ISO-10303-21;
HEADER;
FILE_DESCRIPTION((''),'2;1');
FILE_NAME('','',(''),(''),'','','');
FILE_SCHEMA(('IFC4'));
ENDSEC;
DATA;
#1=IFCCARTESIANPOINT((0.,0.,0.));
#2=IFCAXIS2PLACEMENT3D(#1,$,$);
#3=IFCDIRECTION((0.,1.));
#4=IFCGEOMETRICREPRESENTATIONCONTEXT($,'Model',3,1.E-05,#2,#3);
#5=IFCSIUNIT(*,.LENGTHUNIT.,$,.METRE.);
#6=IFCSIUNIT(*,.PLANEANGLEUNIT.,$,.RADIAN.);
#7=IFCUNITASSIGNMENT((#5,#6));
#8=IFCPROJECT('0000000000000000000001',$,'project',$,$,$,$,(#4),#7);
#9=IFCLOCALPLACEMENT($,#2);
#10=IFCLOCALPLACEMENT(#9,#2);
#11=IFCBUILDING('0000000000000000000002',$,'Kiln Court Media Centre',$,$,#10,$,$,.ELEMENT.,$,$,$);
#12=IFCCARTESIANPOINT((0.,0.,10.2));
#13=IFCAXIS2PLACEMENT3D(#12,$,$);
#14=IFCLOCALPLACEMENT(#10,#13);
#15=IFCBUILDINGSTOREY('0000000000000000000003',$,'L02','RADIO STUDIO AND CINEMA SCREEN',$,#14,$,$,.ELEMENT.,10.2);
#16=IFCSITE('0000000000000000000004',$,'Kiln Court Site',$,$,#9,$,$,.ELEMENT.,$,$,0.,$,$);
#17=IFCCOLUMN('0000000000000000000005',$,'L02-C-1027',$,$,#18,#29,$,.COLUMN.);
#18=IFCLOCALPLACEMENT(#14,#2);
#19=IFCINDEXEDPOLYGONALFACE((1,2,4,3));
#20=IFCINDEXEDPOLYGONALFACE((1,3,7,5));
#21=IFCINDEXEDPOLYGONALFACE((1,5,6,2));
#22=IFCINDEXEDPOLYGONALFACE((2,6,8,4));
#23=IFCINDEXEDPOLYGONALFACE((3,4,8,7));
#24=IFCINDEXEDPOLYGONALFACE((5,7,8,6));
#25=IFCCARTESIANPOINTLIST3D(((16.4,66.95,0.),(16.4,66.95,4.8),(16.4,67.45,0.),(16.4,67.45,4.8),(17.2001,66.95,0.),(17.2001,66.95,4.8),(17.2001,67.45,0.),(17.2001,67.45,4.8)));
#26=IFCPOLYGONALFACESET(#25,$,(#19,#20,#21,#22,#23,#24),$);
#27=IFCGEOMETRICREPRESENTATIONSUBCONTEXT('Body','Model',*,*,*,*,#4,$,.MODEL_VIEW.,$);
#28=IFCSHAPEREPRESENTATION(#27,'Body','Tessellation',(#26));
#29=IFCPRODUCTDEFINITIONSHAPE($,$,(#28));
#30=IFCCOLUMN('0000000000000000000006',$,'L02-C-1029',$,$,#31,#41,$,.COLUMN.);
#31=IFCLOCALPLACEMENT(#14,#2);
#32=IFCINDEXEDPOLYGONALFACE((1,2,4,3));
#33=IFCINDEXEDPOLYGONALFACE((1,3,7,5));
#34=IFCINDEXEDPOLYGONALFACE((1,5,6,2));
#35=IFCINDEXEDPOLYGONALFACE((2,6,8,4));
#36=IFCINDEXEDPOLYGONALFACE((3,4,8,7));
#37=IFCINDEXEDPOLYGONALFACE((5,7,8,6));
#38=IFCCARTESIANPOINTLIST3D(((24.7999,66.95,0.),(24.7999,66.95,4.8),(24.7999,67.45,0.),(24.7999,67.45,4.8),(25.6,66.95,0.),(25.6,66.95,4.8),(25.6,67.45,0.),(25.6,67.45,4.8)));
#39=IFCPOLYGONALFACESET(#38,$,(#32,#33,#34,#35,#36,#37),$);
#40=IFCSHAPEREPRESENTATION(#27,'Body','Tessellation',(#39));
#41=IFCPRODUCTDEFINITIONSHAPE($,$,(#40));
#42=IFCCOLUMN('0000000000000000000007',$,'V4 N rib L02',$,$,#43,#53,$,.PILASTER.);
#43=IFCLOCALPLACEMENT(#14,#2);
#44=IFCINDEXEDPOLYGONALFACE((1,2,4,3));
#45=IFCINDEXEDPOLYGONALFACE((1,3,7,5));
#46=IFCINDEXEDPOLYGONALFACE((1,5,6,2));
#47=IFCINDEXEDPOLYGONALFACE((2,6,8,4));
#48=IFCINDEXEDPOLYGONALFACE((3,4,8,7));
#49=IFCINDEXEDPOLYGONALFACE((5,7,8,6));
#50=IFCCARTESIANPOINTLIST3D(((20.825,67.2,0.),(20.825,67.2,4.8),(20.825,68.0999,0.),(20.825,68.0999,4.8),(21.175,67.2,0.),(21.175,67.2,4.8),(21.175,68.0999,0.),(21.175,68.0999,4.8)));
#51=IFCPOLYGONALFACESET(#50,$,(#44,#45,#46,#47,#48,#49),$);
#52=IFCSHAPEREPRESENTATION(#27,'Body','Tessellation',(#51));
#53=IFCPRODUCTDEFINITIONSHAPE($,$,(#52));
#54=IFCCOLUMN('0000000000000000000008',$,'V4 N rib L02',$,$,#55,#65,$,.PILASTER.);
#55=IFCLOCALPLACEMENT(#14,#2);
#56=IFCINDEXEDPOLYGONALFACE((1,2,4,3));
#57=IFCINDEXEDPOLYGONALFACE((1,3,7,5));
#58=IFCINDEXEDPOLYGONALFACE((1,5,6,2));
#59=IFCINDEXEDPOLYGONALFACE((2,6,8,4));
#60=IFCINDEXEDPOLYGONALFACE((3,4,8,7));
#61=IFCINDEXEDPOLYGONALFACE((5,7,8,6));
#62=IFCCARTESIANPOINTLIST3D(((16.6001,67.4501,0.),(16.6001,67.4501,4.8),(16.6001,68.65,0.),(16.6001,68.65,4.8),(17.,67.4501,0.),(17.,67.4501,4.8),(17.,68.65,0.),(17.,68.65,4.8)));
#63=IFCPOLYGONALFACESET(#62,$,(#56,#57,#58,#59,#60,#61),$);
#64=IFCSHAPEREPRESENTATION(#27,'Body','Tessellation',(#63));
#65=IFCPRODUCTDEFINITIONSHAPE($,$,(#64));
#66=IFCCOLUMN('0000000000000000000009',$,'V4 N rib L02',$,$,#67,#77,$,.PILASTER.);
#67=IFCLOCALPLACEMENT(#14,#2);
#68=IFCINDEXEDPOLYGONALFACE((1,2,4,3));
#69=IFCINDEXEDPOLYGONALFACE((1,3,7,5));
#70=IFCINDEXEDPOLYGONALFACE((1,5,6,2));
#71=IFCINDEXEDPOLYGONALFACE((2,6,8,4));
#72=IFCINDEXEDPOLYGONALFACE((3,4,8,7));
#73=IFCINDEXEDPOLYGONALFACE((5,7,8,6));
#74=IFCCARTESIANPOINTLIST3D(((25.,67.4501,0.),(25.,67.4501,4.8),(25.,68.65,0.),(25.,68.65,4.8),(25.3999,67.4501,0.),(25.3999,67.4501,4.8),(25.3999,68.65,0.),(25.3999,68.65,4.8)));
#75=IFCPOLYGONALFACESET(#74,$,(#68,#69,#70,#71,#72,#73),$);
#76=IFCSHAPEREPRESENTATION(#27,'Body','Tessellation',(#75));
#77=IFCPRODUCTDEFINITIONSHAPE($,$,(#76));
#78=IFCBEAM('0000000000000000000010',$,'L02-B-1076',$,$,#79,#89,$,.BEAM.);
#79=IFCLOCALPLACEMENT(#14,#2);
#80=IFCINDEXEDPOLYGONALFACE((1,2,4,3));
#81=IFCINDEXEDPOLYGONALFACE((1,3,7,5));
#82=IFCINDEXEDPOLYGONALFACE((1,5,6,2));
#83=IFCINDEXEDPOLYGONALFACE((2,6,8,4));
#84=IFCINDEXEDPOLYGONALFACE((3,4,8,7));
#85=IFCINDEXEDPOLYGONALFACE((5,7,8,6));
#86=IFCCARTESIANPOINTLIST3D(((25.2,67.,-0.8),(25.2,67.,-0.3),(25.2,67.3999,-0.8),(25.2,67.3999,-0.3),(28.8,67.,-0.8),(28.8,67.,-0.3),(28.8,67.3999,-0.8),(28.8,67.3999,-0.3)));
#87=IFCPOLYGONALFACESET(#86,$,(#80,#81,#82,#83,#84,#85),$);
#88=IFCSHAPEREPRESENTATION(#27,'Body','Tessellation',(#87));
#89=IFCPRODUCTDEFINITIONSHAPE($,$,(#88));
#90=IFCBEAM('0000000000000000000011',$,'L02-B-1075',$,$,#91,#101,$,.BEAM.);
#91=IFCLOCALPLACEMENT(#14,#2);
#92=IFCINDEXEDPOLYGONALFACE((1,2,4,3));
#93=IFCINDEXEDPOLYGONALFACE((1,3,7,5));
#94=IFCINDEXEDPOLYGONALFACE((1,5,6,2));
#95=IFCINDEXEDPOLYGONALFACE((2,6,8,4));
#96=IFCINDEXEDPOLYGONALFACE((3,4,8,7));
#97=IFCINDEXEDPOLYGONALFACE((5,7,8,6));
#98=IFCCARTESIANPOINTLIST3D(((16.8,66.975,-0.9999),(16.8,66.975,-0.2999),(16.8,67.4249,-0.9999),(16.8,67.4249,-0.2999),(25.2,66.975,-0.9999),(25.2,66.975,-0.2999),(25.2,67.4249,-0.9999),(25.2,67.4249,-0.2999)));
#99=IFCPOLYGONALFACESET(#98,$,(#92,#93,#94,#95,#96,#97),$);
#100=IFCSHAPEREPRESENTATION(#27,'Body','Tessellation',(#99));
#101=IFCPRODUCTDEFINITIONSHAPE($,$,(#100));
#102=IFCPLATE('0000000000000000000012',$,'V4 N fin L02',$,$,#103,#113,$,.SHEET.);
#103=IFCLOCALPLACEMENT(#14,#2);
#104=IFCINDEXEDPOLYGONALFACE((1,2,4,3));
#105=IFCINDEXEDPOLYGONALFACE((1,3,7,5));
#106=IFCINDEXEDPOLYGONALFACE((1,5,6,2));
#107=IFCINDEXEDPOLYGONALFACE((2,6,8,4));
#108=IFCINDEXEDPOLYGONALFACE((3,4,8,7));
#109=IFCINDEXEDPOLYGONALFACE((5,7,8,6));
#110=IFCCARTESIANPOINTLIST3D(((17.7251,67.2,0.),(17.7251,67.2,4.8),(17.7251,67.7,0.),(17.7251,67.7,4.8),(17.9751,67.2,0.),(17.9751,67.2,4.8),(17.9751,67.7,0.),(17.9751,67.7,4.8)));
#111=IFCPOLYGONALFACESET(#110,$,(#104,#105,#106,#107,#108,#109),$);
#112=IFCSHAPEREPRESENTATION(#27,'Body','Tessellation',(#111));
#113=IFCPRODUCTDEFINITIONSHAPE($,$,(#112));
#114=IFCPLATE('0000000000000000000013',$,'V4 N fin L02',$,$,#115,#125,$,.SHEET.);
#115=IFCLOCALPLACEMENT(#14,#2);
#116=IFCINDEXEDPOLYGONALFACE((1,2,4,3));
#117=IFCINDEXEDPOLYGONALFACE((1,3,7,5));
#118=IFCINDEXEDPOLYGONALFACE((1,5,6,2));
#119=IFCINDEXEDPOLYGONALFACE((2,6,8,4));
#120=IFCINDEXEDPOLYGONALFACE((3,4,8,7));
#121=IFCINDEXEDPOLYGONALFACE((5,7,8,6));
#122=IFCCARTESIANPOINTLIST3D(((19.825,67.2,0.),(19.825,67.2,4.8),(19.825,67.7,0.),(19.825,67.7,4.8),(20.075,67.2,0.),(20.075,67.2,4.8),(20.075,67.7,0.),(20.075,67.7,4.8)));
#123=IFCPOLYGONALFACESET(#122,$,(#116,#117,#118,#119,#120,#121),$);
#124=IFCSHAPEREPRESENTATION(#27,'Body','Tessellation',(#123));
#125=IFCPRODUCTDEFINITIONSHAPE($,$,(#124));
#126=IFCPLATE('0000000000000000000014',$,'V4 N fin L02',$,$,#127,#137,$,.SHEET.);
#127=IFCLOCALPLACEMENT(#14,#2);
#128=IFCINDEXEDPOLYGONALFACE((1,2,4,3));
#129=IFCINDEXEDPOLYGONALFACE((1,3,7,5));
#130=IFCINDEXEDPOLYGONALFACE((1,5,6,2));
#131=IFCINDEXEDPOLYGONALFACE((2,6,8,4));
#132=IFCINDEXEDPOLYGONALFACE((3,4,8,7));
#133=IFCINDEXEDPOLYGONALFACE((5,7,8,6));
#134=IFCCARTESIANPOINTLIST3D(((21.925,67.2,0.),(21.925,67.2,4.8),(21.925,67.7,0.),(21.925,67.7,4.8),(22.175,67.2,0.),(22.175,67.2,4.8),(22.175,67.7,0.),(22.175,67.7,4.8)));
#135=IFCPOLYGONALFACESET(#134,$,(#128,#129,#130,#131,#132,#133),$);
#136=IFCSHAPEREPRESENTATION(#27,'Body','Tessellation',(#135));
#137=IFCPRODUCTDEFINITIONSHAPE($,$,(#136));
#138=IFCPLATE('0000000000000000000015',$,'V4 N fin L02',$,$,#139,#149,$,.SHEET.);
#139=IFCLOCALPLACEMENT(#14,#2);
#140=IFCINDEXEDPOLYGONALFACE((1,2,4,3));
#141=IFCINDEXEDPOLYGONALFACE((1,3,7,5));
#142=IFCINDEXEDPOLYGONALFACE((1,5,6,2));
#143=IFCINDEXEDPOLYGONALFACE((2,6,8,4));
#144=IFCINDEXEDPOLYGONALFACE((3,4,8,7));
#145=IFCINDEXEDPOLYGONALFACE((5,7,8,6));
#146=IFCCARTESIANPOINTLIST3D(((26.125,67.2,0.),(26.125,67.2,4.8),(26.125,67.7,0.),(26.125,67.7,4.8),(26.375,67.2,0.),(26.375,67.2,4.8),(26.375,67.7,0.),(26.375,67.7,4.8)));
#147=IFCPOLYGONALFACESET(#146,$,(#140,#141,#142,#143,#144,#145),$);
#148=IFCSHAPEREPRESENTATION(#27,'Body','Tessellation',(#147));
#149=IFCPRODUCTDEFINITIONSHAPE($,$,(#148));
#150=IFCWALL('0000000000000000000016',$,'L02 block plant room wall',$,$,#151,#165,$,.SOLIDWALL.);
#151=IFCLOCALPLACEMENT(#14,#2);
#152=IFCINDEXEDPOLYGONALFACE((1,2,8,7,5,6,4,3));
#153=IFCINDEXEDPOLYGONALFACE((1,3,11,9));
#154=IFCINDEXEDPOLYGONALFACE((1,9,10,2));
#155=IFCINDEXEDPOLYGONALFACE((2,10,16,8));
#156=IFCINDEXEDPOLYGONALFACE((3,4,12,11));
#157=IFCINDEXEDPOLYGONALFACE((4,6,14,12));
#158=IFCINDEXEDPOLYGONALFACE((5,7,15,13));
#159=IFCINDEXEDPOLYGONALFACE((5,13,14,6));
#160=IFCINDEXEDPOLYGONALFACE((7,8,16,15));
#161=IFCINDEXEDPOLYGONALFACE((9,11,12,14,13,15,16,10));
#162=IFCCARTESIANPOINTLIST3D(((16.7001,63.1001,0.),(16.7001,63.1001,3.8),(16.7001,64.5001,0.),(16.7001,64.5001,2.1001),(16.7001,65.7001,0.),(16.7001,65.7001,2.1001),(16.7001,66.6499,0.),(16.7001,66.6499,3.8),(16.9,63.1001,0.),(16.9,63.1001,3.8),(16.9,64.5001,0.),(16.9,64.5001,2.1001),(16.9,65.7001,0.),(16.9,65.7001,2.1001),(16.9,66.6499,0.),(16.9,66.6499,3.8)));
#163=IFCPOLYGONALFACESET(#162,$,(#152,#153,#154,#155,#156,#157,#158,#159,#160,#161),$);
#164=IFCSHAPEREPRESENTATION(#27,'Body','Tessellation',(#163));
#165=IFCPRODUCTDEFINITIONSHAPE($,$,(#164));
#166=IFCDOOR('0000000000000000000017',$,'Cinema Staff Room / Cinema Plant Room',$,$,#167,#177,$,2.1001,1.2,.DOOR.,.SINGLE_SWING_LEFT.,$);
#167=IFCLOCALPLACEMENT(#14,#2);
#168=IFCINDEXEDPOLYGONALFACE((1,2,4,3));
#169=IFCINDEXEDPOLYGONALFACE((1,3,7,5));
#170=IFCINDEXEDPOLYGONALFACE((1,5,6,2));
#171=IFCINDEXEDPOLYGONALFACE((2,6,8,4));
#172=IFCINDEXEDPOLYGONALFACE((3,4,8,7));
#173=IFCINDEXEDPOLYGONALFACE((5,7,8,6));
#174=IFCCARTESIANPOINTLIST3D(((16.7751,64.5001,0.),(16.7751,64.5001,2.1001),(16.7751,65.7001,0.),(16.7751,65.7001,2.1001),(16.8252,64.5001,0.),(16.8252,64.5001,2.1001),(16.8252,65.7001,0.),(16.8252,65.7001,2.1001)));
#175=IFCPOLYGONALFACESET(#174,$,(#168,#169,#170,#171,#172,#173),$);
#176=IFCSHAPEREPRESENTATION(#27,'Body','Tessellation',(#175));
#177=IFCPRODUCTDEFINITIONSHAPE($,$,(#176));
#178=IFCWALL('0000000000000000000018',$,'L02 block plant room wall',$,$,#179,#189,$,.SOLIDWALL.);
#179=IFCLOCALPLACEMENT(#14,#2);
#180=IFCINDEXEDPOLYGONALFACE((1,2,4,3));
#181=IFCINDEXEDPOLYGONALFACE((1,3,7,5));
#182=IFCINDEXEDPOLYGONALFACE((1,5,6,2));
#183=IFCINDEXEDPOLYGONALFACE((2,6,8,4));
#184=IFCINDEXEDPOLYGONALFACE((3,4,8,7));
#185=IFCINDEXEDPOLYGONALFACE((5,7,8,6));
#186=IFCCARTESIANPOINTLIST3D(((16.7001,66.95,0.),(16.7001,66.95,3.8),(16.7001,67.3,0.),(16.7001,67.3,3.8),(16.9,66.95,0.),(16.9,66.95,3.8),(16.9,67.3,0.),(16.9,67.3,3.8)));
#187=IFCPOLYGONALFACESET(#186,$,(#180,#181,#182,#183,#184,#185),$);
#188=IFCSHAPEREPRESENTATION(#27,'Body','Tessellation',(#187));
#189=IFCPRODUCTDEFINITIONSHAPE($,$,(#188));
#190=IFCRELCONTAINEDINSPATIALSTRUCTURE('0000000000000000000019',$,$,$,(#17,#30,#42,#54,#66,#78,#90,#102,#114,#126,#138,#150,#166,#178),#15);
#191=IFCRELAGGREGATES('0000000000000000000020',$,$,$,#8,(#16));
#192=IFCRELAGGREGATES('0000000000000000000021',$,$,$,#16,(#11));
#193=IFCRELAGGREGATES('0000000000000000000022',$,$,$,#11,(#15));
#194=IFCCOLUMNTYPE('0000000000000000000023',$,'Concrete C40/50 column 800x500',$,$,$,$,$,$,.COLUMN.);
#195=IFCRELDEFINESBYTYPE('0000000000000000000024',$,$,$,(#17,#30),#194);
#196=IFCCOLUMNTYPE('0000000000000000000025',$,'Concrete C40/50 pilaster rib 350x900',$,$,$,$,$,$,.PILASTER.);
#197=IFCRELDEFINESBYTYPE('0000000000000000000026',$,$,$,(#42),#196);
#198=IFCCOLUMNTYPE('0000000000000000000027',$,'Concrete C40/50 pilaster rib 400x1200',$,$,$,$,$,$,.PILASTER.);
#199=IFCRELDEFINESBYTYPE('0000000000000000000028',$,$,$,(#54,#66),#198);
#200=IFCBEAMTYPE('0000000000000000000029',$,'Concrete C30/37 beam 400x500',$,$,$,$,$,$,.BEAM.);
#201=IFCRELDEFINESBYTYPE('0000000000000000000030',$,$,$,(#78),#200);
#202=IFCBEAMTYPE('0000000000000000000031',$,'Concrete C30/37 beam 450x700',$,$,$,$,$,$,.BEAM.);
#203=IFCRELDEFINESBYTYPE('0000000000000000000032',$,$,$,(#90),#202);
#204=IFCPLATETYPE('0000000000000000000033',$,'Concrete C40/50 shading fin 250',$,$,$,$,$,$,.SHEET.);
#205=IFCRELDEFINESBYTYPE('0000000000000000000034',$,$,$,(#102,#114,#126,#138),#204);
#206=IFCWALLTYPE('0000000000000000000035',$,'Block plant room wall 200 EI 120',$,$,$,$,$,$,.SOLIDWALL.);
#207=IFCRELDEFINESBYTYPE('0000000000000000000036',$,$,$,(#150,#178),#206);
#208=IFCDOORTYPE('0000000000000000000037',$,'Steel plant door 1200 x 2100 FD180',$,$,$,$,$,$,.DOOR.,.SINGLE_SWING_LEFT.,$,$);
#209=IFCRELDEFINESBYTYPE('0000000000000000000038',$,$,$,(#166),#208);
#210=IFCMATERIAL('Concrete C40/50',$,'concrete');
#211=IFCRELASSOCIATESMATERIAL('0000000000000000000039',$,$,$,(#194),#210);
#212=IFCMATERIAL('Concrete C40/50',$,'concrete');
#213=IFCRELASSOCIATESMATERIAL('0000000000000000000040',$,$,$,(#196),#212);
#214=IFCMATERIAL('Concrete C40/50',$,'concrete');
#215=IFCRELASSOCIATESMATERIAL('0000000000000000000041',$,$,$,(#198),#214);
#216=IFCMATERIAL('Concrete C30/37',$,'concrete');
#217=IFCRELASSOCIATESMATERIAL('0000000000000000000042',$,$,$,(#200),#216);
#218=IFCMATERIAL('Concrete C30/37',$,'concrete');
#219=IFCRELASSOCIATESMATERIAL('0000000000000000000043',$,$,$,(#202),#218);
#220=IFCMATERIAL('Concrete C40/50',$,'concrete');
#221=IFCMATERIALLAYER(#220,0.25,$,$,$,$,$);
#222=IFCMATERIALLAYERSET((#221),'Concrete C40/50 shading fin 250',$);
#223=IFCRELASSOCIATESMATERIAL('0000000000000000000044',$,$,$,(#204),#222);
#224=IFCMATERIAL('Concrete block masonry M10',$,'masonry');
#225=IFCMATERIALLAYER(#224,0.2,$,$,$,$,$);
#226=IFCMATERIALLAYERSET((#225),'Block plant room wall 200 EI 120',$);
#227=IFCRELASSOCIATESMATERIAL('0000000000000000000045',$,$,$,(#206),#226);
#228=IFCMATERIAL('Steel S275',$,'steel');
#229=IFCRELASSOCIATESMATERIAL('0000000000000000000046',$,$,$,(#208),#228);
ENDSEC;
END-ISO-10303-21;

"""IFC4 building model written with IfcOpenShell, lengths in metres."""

from ifc_helpers import new_model, si_unit, direction, frame, frame_2d, origin, origin_2d, place, context, subcontext, project, spatial, rectangle, extrude, material, layer, layer_set, material_profile, profile_set, type_object, element, fill, save


model = new_model("IFC4")

# Units and contexts
model_context = context("Model", 3, precision=1e-05, world=origin(), true_north=direction((0.0, 1.0)))
body_context = subcontext(model_context, "Body", "Model", "MODEL_VIEW")
ifc_project = project(units=[si_unit("LENGTHUNIT", "METRE"), si_unit("PLANEANGLEUNIT", "RADIAN")], contexts=[model_context])

# Site, building, storey
site_placement = place(None, origin())
site = spatial("IfcSite", under=ifc_project, at=site_placement, Name="Kiln Court Site", CompositionType="ELEMENT", RefElevation=0.0)
building_placement = place(site_placement, origin())
building = spatial("IfcBuilding", under=site, at=building_placement, Name="Kiln Court Media Centre", CompositionType="ELEMENT")
storey_placement = place(building_placement, frame((0.0, 0.0, 10.2)))
storey = spatial("IfcBuildingStorey", under=building, at=storey_placement, Name="L02", Description="RADIO STUDIO AND CINEMA SCREEN", CompositionType="ELEMENT", Elevation=10.2)

# Columns
ifc_material_1 = material(Name="Concrete C40/50", Category="concrete")
ifc_material_profile_1 = material_profile(ifc_material_1, rectangle(XDim=0.8, YDim=0.5, at=origin_2d()), Name="RC 800x500")
ifc_profile_set_1 = profile_set([ifc_material_profile_1], Name="Concrete C40/50")
column_type_1 = type_object("IfcColumnType", Name="Concrete C40/50 column 800x500", PredefinedType="COLUMN", material=ifc_profile_set_1)
for number, where, z_axis, x_axis, name in (
    (1, (16.8, 67.2, 0.0), (0.0, 0.0, 1.0), (1.0, 0.0, 0.0), "L02-C-1027"),
    (2, (25.2, 67.2, 0.0), (0.0, 0.0, 1.0), (1.0, 0.0, 0.0), "L02-C-1029"),
):
    element("IfcColumn", number, at=place(storey_placement, frame(where, z_axis=z_axis, x_axis=x_axis)), inside=storey, type_object=column_type_1, Name=name, PredefinedType="COLUMN", context=body_context, shape_type="SweptSolid", body=[
        extrude(rectangle(XDim=0.8, YDim=0.5, at=origin_2d()), origin(), (0.0, 0.0, 1.0), 4.8),
    ])
ifc_material_2 = material(Name="Concrete C40/50", Category="concrete")
ifc_material_profile_2 = material_profile(ifc_material_2, rectangle(XDim=0.3501, YDim=0.8999, at=origin_2d()), Name="RC 350x900")
ifc_profile_set_2 = profile_set([ifc_material_profile_2], Name="Concrete C40/50")
column_type_2 = type_object("IfcColumnType", Name="Concrete C40/50 pilaster rib 350x900", PredefinedType="PILASTER", material=ifc_profile_set_2)
column_placement = place(storey_placement, frame((21.0, 67.6499, 0.0), z_axis=(0.0, 0.0, 1.0), x_axis=(1.0, 0.0, 0.0)))
element("IfcColumn", 3, at=column_placement, inside=storey, type_object=column_type_2, Name="V4 N rib L02", PredefinedType="PILASTER", context=body_context, shape_type="SweptSolid", body=[
    extrude(rectangle(XDim=0.3501, YDim=0.8999, at=origin_2d()), origin(), (0.0, 0.0, 1.0), 4.8),
])
ifc_material_3 = material(Name="Concrete C40/50", Category="concrete")
ifc_material_profile_3 = material_profile(ifc_material_3, rectangle(XDim=0.3999, YDim=1.2, at=origin_2d()), Name="RC 400x1200")
ifc_profile_set_3 = profile_set([ifc_material_profile_3], Name="Concrete C40/50")
column_type_3 = type_object("IfcColumnType", Name="Concrete C40/50 pilaster rib 400x1200", PredefinedType="PILASTER", material=ifc_profile_set_3)
for number, where, z_axis, x_axis, name in (
    (4, (16.8, 68.05, 0.0), (0.0, 0.0, 1.0), (1.0, 0.0, 0.0), "V4 N rib L02"),
    (5, (25.2, 68.05, 0.0), (0.0, 0.0, 1.0), (1.0, 0.0, 0.0), "V4 N rib L02"),
):
    element("IfcColumn", number, at=place(storey_placement, frame(where, z_axis=z_axis, x_axis=x_axis)), inside=storey, type_object=column_type_3, Name=name, PredefinedType="PILASTER", context=body_context, shape_type="SweptSolid", body=[
        extrude(rectangle(XDim=0.3999, YDim=1.2, at=origin_2d()), origin(), (0.0, 0.0, 1.0), 4.8),
    ])

# Beams
ifc_material_4 = material(Name="Concrete C30/37", Category="concrete")
ifc_material_profile_4 = material_profile(ifc_material_4, rectangle(XDim=0.3999, YDim=0.5, at=origin_2d()), Name="RC 400x500")
ifc_profile_set_4 = profile_set([ifc_material_profile_4], Name="Concrete C30/37")
beam_type_1 = type_object("IfcBeamType", Name="Concrete C30/37 beam 400x500", PredefinedType="BEAM", material=ifc_profile_set_4)
beam_1_placement = place(storey_placement, frame((25.2, 67.2, -0.55), z_axis=(1.0, 0.0, 0.0), x_axis=(0.0, 1.0, 0.0)))
element("IfcBeam", 6, at=beam_1_placement, inside=storey, type_object=beam_type_1, Name="L02-B-1076", PredefinedType="BEAM", context=body_context, shape_type="SweptSolid", body=[
    extrude(rectangle(XDim=0.3999, YDim=0.5, at=origin_2d()), origin(), (0.0, 0.0, 1.0), 3.6001),
])
ifc_material_5 = material(Name="Concrete C30/37", Category="concrete")
ifc_material_profile_5 = material_profile(ifc_material_5, rectangle(XDim=0.45, YDim=0.7, at=origin_2d()), Name="RC 450x700")
ifc_profile_set_5 = profile_set([ifc_material_profile_5], Name="Concrete C30/37")
beam_type_2 = type_object("IfcBeamType", Name="Concrete C30/37 beam 450x700", PredefinedType="BEAM", material=ifc_profile_set_5)
beam_2_placement = place(storey_placement, frame((16.8, 67.2, -0.6499), z_axis=(1.0, 0.0, 0.0), x_axis=(0.0, 1.0, 0.0)))
element("IfcBeam", 7, at=beam_2_placement, inside=storey, type_object=beam_type_2, Name="L02-B-1075", PredefinedType="BEAM", context=body_context, shape_type="SweptSolid", body=[
    extrude(rectangle(XDim=0.45, YDim=0.7, at=origin_2d()), origin(), (0.0, 0.0, 1.0), 8.3999),
])

# Plates
ifc_material_6 = material(Name="Concrete C40/50", Category="concrete")
ifc_layer_1 = layer(ifc_material_6, 0.25)
ifc_layer_set_1 = layer_set([ifc_layer_1], Name="Concrete C40/50 shading fin 250")
plate_type = type_object("IfcPlateType", Name="Concrete C40/50 shading fin 250", PredefinedType="SHEET", material=ifc_layer_set_1)
for number, where, z_axis, x_axis, name in (
    (8, (17.8501, 67.45, 0.0), (0.0, 0.0, 1.0), (1.0, 0.0, 0.0), "V4 N fin L02"),
    (9, (19.95, 67.45, 0.0), (0.0, 0.0, 1.0), (1.0, 0.0, 0.0), "V4 N fin L02"),
    (10, (22.05, 67.45, 0.0), (0.0, 0.0, 1.0), (1.0, 0.0, 0.0), "V4 N fin L02"),
    (11, (26.25, 67.45, 0.0), (0.0, 0.0, 1.0), (1.0, 0.0, 0.0), "V4 N fin L02"),
):
    element("IfcPlate", number, at=place(storey_placement, frame(where, z_axis=z_axis, x_axis=x_axis)), inside=storey, type_object=plate_type, Name=name, PredefinedType="SHEET", context=body_context, shape_type="SweptSolid", body=[
        extrude(rectangle(XDim=0.25, YDim=0.5, at=origin_2d()), origin(), (0.0, 0.0, 1.0), 4.8),
    ])

# Wall, opening, door
ifc_material_7 = material(Name="Concrete block masonry M10", Category="masonry")
ifc_layer_2 = layer(ifc_material_7, 0.2)
ifc_layer_set_2 = layer_set([ifc_layer_2], Name="Block plant room wall 200 EI 120")
wall_type_1 = type_object("IfcWallType", Name="Block plant room wall 200 EI 120", PredefinedType="SOLIDWALL", material=ifc_layer_set_2)
wall_1_placement = place(storey_placement, frame((16.8, 63.1001, 0.0), z_axis=(0.0, 0.0, 1.0), x_axis=(0.0, 1.0, 0.0)))
wall_1 = element("IfcWall", 12, at=wall_1_placement, inside=storey, type_object=wall_type_1, Name="L02 block plant room wall", PredefinedType="SOLIDWALL", context=body_context, shape_type="SweptSolid", body=[
    extrude(rectangle(XDim=3.5498, YDim=0.2, at=frame_2d((1.7749, 0.0))), origin(), (0.0, 0.0, 1.0), 3.8),
])
opening_placement = place(wall_1_placement, frame((1.3999, 0.0, 0.0)))
opening = element("IfcOpeningElement", 13, at=opening_placement, cuts=wall_1, PredefinedType="OPENING", context=body_context, shape_type="SweptSolid", body=[
    extrude(rectangle(XDim=1.2, YDim=2.1001, at=frame_2d((0.6001, 1.05))), frame((0.0, 0.1099, 0.0), z_axis=(0.0, -1.0, 0.0), x_axis=(1.0, 0.0, 0.0)), (0.0, 0.0, 1.0), 0.22),
])
ifc_material_8 = material(Name="Steel S275", Category="steel")
door_type = type_object("IfcDoorType", Name="Steel plant door 1200 x 2100 FD180", OperationType="SINGLE_SWING_LEFT", PredefinedType="DOOR", material=ifc_material_8)
door_placement = place(opening_placement, origin())
door = element("IfcDoor", 14, at=door_placement, inside=storey, type_object=door_type, Name="Cinema Staff Room / Cinema Plant Room", OperationType="SINGLE_SWING_LEFT", OverallHeight=2.1001, OverallWidth=1.2, PredefinedType="DOOR", context=body_context, shape_type="SweptSolid", body=[
    extrude(rectangle(XDim=1.2, YDim=2.1001, at=frame_2d((0.6001, 1.05))), frame((0.0, 0.0249, 0.0), z_axis=(0.0, -1.0, 0.0), x_axis=(1.0, 0.0, 0.0)), (0.0, 0.0, 1.0), 0.05),
])
fill(opening, door)

# Wall
wall_2_placement = place(storey_placement, frame((16.8, 66.95, 0.0), z_axis=(0.0, 0.0, 1.0), x_axis=(0.0, 1.0, 0.0)))
element("IfcWall", 15, at=wall_2_placement, inside=storey, type_object=wall_type_1, Name="L02 block plant room wall", PredefinedType="SOLIDWALL", context=body_context, shape_type="SweptSolid", body=[
    extrude(rectangle(XDim=0.3501, YDim=0.2, at=frame_2d((0.175, 0.0))), origin(), (0.0, 0.0, 1.0), 3.8),
])

save(model, "model.ifc")
